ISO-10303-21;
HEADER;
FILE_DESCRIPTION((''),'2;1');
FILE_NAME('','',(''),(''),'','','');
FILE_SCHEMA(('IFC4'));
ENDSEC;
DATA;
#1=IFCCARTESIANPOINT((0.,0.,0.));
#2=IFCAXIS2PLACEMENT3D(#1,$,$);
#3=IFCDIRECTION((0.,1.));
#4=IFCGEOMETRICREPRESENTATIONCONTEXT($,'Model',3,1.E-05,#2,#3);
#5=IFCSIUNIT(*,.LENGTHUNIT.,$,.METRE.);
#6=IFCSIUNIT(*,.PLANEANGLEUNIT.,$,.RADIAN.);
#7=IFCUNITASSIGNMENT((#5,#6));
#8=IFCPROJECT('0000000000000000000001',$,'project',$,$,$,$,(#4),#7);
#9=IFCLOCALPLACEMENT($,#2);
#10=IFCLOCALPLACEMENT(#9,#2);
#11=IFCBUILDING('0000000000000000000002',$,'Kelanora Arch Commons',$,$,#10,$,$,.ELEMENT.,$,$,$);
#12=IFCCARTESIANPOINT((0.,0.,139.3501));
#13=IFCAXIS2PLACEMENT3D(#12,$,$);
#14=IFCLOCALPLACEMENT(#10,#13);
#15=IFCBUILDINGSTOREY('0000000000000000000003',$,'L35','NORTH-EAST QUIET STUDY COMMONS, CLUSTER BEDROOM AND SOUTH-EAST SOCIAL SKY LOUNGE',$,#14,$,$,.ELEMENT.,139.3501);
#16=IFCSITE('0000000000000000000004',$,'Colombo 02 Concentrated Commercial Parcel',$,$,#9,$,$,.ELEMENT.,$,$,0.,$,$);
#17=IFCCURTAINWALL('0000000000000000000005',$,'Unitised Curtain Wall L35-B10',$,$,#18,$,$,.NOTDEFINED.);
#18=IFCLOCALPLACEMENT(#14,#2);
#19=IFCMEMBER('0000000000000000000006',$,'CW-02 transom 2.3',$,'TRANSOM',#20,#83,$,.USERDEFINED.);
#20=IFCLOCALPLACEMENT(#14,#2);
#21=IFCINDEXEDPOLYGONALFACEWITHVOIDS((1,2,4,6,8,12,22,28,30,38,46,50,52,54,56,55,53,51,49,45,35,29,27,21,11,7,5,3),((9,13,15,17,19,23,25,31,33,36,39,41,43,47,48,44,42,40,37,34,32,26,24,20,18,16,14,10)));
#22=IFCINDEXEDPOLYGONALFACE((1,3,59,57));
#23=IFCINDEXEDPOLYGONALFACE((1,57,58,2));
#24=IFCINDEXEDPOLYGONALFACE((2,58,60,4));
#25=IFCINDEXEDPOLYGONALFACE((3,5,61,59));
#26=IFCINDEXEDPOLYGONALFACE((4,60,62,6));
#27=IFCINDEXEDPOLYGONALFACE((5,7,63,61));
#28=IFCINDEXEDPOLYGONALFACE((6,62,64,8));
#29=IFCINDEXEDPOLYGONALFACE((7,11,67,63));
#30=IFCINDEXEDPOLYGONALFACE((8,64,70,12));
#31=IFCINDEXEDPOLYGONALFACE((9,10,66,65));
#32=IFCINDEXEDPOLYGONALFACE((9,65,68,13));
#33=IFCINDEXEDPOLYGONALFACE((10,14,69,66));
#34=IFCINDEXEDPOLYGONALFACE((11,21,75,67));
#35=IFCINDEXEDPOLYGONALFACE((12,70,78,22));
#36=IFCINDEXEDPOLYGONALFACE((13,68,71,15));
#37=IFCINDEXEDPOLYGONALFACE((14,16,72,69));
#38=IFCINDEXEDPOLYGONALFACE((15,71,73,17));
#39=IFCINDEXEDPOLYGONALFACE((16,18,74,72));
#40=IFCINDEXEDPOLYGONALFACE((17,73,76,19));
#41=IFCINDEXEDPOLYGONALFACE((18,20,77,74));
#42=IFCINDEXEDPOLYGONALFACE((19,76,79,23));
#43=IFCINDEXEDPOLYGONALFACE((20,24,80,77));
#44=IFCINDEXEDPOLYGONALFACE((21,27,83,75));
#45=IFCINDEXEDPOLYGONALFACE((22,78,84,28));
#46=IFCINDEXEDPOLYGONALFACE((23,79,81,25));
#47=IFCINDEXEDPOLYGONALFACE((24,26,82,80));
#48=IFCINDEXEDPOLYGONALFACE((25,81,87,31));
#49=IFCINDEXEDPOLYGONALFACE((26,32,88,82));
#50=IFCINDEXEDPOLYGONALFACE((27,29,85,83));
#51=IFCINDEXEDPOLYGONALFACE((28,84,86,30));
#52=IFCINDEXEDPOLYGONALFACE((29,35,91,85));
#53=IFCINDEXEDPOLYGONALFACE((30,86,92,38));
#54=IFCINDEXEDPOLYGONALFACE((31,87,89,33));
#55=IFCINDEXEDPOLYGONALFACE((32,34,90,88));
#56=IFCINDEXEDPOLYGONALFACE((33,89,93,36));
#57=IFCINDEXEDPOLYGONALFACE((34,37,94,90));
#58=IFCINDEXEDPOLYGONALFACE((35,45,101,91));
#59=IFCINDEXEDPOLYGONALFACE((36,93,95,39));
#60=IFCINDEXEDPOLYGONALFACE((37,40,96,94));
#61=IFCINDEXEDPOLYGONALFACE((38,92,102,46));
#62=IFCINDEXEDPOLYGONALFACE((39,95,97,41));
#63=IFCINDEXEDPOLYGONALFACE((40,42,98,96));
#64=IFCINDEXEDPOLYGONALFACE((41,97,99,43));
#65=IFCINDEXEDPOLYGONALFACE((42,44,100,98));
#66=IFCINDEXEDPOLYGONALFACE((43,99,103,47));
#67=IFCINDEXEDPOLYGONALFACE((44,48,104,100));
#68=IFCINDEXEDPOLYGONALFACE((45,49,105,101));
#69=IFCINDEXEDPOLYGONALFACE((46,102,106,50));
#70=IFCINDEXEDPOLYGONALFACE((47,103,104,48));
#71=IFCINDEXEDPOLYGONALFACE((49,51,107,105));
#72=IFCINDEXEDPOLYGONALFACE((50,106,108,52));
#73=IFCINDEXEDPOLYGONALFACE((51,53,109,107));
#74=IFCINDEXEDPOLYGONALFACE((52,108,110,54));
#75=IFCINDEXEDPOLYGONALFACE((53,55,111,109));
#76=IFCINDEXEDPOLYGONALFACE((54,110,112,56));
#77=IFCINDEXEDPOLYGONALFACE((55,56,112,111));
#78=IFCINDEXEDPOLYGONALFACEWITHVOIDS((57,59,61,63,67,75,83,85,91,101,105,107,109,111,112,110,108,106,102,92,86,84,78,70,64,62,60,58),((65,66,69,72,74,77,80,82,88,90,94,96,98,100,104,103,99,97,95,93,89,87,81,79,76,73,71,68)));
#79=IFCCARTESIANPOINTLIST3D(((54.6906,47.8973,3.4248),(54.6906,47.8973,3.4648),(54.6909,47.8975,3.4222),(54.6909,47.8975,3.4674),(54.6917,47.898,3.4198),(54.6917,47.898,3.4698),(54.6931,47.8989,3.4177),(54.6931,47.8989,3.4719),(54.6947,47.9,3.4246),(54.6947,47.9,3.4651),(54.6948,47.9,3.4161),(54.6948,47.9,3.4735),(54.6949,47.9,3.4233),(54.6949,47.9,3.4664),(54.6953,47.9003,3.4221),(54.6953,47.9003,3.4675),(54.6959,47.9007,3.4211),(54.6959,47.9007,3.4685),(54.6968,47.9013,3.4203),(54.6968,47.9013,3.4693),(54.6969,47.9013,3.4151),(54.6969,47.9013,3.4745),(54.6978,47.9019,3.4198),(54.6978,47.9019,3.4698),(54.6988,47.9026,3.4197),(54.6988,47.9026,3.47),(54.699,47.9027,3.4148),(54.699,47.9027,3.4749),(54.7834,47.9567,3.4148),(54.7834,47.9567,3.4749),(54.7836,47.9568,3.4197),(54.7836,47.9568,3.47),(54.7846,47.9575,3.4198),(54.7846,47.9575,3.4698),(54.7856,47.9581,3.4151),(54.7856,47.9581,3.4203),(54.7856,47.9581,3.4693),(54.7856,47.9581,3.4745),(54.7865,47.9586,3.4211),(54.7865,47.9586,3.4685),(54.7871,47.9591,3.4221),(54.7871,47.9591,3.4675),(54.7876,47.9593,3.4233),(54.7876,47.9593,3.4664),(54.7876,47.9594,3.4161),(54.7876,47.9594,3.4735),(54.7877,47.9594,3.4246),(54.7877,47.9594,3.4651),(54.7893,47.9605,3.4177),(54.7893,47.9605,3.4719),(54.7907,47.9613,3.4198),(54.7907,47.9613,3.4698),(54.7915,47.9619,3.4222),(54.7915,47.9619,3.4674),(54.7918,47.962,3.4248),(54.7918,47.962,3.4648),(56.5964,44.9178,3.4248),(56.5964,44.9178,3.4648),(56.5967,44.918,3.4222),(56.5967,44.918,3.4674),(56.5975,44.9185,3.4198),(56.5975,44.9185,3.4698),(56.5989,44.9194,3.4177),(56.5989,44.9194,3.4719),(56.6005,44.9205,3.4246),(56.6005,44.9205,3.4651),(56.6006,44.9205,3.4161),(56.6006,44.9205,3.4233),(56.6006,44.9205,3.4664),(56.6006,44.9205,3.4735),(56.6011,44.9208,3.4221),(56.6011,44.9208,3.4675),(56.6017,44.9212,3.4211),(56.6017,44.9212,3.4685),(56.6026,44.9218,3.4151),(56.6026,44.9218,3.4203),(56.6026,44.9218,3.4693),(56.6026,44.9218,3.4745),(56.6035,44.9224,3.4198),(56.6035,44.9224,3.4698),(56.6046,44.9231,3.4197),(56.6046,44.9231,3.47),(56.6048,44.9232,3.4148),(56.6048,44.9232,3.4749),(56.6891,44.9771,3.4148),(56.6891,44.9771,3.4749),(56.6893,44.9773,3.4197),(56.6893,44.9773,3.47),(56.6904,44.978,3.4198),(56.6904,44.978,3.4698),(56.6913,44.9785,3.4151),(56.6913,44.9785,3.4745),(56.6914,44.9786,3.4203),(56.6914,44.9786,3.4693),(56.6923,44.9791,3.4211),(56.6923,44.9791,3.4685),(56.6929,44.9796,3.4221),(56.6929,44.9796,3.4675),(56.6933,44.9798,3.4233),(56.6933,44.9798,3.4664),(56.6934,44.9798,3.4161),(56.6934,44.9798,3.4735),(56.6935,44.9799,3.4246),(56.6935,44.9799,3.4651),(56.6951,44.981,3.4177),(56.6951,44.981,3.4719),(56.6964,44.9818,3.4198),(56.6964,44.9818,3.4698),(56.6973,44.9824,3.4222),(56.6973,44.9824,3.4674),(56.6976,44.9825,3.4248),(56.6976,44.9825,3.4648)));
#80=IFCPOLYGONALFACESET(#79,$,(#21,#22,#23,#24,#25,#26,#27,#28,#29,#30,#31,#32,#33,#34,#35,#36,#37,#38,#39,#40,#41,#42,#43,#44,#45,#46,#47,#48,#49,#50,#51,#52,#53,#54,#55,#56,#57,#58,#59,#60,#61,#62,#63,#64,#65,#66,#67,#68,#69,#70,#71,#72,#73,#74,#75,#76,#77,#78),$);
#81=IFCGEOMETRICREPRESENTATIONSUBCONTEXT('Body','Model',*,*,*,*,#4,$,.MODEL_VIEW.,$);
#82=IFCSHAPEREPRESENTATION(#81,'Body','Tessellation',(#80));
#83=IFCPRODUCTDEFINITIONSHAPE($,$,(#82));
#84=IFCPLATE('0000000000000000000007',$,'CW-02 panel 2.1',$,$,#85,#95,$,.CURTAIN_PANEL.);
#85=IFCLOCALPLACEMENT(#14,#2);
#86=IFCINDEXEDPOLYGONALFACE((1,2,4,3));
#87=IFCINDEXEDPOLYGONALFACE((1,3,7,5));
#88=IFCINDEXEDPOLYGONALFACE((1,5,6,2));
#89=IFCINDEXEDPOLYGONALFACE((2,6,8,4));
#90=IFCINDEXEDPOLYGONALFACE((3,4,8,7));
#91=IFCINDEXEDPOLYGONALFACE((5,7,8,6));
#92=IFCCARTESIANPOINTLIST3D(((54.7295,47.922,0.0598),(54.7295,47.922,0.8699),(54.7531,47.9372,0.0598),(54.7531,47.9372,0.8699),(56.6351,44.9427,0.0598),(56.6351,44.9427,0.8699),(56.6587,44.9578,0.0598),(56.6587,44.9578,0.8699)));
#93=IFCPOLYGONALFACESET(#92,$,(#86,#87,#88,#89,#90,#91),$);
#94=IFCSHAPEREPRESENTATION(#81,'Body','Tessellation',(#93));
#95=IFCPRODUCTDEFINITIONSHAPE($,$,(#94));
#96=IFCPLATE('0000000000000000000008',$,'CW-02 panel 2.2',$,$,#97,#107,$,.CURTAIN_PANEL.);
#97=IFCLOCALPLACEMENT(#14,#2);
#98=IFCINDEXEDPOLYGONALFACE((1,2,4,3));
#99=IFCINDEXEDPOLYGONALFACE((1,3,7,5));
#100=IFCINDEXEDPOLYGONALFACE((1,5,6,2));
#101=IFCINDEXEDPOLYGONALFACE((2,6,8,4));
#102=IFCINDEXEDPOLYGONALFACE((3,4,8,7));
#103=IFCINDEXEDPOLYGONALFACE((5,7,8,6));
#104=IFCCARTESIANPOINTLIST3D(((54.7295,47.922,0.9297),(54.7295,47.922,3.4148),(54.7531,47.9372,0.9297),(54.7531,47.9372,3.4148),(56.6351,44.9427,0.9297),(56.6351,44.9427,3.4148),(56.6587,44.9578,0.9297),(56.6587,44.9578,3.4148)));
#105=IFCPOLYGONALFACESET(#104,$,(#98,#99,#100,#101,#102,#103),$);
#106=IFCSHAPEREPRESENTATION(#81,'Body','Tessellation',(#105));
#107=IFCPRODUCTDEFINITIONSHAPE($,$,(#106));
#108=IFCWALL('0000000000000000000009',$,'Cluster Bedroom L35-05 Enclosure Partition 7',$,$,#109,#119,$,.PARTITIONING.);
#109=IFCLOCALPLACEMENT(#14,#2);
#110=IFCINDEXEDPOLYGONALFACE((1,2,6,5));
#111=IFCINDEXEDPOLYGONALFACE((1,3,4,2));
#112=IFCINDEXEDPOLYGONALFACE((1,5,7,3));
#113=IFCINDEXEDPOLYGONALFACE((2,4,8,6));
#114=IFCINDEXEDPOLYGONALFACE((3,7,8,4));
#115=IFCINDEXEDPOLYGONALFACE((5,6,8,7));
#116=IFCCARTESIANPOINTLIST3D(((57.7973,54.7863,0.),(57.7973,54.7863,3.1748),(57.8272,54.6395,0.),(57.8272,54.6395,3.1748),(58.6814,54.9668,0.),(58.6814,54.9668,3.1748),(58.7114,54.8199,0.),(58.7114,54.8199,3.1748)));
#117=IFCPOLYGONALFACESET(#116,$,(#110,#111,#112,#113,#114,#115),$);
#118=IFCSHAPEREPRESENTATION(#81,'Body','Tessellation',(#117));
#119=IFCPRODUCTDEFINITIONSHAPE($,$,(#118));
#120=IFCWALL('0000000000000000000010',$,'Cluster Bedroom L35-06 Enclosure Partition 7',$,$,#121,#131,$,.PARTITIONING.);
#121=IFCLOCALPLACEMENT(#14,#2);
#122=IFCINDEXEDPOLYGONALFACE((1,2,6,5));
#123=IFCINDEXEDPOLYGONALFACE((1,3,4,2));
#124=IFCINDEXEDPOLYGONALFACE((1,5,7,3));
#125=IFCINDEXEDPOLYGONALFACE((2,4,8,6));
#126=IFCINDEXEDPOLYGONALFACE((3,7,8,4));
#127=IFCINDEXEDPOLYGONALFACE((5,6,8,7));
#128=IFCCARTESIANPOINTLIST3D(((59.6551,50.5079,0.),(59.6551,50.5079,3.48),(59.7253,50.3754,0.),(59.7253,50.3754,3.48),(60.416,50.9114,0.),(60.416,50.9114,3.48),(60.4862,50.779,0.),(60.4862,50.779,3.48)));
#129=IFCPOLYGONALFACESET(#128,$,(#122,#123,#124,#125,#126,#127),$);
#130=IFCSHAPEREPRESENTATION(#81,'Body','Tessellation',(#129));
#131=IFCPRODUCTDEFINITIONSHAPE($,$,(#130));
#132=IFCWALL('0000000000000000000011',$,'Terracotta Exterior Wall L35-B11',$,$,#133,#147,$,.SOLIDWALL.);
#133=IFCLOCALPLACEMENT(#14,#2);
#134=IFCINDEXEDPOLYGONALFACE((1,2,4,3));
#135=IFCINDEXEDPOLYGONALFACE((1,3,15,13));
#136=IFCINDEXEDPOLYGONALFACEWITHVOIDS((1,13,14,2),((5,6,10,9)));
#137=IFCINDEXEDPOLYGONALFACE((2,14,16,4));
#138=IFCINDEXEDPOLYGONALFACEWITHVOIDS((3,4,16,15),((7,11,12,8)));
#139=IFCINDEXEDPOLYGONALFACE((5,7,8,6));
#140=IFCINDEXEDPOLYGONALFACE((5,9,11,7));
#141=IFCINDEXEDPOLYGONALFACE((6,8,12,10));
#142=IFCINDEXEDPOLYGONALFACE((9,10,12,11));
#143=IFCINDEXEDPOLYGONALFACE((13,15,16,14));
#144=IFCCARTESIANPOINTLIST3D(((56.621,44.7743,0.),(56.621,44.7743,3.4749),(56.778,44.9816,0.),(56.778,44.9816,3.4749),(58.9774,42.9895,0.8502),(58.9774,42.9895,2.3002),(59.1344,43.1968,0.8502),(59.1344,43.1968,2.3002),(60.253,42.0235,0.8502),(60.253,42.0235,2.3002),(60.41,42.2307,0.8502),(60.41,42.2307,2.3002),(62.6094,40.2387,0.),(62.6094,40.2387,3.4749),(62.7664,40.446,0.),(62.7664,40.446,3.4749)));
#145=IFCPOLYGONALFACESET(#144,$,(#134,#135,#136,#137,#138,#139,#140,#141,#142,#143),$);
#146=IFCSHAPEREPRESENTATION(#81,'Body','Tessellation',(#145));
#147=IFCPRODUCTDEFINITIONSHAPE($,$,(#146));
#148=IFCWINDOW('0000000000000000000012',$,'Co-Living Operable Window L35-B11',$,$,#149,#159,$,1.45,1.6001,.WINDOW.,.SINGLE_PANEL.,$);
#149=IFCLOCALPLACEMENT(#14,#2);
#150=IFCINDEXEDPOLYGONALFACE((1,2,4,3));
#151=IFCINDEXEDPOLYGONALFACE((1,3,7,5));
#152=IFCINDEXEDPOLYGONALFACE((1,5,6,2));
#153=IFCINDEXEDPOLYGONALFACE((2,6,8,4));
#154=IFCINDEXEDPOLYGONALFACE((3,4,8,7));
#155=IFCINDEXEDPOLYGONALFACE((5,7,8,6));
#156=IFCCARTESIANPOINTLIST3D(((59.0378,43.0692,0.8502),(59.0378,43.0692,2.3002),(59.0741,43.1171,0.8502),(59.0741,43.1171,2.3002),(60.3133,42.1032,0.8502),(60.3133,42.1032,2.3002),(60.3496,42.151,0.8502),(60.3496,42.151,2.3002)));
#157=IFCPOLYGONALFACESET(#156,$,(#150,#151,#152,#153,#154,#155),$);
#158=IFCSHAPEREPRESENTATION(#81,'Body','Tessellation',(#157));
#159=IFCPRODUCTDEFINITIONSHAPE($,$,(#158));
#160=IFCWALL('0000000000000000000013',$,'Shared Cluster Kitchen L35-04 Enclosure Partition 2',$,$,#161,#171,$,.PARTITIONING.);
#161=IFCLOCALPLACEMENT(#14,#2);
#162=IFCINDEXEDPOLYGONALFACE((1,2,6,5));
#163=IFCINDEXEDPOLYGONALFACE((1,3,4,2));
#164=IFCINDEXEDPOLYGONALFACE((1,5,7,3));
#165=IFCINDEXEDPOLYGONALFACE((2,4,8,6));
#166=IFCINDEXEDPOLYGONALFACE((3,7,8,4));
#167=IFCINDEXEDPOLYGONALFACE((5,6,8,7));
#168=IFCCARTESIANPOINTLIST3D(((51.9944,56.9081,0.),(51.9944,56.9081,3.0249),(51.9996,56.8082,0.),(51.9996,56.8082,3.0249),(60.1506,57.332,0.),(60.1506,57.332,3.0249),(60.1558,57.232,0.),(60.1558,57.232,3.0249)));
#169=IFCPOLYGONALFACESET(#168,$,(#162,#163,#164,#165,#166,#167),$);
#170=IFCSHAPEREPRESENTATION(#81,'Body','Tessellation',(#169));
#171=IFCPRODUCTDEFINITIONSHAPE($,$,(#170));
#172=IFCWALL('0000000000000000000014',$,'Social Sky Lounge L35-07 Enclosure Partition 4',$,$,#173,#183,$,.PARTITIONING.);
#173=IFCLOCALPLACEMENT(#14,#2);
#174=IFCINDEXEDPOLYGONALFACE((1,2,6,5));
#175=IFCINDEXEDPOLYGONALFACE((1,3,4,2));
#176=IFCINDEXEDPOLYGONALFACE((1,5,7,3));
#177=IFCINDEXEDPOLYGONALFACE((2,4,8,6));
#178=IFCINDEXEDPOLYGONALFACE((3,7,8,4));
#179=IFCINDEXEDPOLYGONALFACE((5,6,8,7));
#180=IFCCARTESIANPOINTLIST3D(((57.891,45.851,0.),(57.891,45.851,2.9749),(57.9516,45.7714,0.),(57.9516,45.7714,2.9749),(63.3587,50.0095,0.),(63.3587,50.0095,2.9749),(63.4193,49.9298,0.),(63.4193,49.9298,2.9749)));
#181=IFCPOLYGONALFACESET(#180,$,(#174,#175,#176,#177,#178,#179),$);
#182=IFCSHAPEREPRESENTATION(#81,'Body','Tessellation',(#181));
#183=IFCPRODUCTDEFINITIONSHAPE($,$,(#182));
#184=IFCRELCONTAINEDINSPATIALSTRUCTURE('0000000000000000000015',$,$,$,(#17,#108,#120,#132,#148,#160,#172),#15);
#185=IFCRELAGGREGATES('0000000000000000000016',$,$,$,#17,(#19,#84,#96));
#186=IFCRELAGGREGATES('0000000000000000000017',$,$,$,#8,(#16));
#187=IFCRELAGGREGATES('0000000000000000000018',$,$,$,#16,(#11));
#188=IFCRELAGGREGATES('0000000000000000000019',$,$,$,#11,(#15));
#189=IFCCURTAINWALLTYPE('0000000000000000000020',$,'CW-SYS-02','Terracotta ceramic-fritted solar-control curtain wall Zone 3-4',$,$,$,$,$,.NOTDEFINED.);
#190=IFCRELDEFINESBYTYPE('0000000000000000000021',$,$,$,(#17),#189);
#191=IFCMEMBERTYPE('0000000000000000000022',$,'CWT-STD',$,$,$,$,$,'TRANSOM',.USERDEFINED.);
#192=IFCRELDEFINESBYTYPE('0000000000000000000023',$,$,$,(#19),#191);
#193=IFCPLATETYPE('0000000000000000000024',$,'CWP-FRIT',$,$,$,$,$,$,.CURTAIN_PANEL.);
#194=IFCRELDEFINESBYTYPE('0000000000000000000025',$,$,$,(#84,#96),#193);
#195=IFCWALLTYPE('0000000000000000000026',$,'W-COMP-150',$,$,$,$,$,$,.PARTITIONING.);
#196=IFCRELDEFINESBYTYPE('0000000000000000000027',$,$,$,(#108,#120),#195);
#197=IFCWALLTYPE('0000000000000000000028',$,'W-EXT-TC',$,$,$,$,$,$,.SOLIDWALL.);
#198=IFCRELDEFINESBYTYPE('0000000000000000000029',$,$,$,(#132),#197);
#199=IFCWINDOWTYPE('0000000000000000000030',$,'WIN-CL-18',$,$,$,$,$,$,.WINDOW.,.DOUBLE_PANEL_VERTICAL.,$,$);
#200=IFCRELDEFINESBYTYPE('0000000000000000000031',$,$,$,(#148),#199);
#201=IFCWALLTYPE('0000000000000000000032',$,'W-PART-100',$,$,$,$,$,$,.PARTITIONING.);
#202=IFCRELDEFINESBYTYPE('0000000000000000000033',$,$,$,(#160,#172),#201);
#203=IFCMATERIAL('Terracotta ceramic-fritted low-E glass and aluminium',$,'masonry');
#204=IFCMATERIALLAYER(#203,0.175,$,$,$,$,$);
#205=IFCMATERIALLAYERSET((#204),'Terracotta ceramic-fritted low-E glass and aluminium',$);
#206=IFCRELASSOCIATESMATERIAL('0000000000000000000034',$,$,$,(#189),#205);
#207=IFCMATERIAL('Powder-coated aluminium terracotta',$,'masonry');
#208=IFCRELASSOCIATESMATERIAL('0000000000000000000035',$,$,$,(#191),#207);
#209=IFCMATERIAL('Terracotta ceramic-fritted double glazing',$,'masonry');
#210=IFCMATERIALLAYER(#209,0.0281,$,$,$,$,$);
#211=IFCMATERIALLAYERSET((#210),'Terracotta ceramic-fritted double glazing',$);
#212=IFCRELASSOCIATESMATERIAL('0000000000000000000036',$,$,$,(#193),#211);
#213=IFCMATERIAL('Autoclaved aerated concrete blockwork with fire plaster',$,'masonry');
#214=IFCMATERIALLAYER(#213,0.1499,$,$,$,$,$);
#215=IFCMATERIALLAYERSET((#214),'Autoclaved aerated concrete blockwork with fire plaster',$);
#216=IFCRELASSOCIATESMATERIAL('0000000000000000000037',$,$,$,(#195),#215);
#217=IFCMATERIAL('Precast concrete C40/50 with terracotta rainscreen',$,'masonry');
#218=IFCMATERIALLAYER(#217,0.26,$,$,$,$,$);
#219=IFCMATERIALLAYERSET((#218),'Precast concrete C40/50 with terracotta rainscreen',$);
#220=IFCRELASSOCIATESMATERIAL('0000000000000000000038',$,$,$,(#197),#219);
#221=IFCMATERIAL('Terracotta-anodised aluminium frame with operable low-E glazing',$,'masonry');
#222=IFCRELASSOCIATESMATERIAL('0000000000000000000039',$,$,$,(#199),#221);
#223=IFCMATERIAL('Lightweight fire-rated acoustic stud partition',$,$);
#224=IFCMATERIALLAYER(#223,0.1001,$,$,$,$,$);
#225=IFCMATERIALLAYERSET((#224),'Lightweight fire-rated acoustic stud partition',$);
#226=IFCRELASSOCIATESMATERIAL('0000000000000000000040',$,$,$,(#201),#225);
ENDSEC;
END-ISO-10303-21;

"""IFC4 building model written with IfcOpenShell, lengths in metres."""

from ifc_helpers import new_model, si_unit, direction, frame, frame_2d, origin, origin_2d, place, context, subcontext, project, spatial, rectangle, hollow_rectangle, extrude, source, transform, mapped, material, layer, layer_set, material_profile, profile_set, type_object, element, fill, aggregate, save


model = new_model("IFC4")

# Units and contexts
model_context = context("Model", 3, precision=1e-05, world=origin(), true_north=direction((0.0, 1.0)))
body_context = subcontext(model_context, "Body", "Model", "MODEL_VIEW")
ifc_project = project(units=[si_unit("LENGTHUNIT", "METRE"), si_unit("PLANEANGLEUNIT", "RADIAN")], contexts=[model_context])

# Site, building, storey
site_placement = place(None, origin())
site = spatial("IfcSite", under=ifc_project, at=site_placement, Name="Colombo 02 Concentrated Commercial Parcel", CompositionType="ELEMENT", RefElevation=0.0)
building_placement = place(site_placement, origin())
building = spatial("IfcBuilding", under=site, at=building_placement, Name="Kelanora Arch Commons", CompositionType="ELEMENT")
storey_placement = place(building_placement, frame((0.0, 0.0, 139.3501)))
storey = spatial("IfcBuildingStorey", under=building, at=storey_placement, Name="L35", Description="NORTH-EAST QUIET STUDY COMMONS, CLUSTER BEDROOM AND SOUTH-EAST SOCIAL SKY LOUNGE", CompositionType="ELEMENT", Elevation=139.3501)

# Curtain wall, member, plates
ifc_material_1 = material(Name="Terracotta ceramic-fritted low-E glass and aluminium", Category="masonry")
ifc_layer_1 = layer(ifc_material_1, 0.175)
ifc_layer_set_1 = layer_set([ifc_layer_1], Name="Terracotta ceramic-fritted low-E glass and aluminium")
curtain_wall_type = type_object("IfcCurtainWallType", Name="CW-SYS-02", Description="Terracotta ceramic-fritted solar-control curtain wall Zone 3-4", PredefinedType="NOTDEFINED", material=ifc_layer_set_1)
curtain_wall_placement = place(storey_placement, origin())
curtain_wall = element("IfcCurtainWall", 1, at=curtain_wall_placement, inside=storey, type_object=curtain_wall_type, Name="Unitised Curtain Wall L35-B10", PredefinedType="NOTDEFINED")
ifc_material_2 = material(Name="Powder-coated aluminium terracotta", Category="masonry")
ifc_material_profile_1 = material_profile(ifc_material_2, hollow_rectangle(XDim=0.1201, YDim=0.0601, WallThickness=0.0049, InnerFilletRadius=0.0049, OuterFilletRadius=0.01, at=origin_2d()), Name="CWT120x60")
ifc_profile_set_1 = profile_set([ifc_material_profile_1], Name="Powder-coated aluminium terracotta")
member_type_1 = type_object("IfcMemberType", Name="CWT-STD", ElementType="TRANSOM", PredefinedType="USERDEFINED", material=ifc_profile_set_1)
member_1_placement = place(storey_placement, frame((54.7412, 47.9297, 3.4448), z_axis=(0.53883, -0.842414, 0.0), x_axis=(0.842414, 0.53883, 0.0)))
member_1 = element("IfcMember", 2, at=member_1_placement, type_object=member_type_1, Name="CW-02 transom 2.3", ObjectType="TRANSOM", PredefinedType="USERDEFINED", context=body_context, shape_type="SweptSolid", body=[
    extrude(hollow_rectangle(XDim=0.1201, YDim=0.0601, WallThickness=0.0049, InnerFilletRadius=0.0049, OuterFilletRadius=0.01, at=origin_2d()), origin(), (0.0, 0.0, 1.0), 3.5369),
])
ifc_material_3 = material(Name="Terracotta ceramic-fritted double glazing", Category="masonry")
ifc_layer_2 = layer(ifc_material_3, 0.0281)
ifc_layer_set_2 = layer_set([ifc_layer_2], Name="Terracotta ceramic-fritted double glazing")
plate_type = type_object("IfcPlateType", Name="CWP-FRIT", PredefinedType="CURTAIN_PANEL", material=ifc_layer_set_2)
shared_shape_1 = source(origin(), body_context, "Body", "SweptSolid", [
    extrude(rectangle(XDim=3.5366, YDim=0.0281, at=origin_2d()), origin(), (0.0, 0.0, 1.0), 0.8101),
])
plate_1_placement = place(storey_placement, frame((55.6941, 46.4399, 0.0598), z_axis=(0.0, 0.0, 1.0), x_axis=(0.538817, -0.842423, 0.0)))
plate_1 = element("IfcPlate", 3, at=plate_1_placement, type_object=plate_type, Name="CW-02 panel 2.1", PredefinedType="CURTAIN_PANEL", context=body_context, shape_type="MappedRepresentation", body=[
    mapped(shared_shape_1, transform((0.0, 0.0, 0.0), scale=1.0)),
])
shared_shape_2 = source(origin(), body_context, "Body", "SweptSolid", [
    extrude(rectangle(XDim=3.5366, YDim=0.0281, at=origin_2d()), origin(), (0.0, 0.0, 1.0), 2.4851),
])
plate_2_placement = place(storey_placement, frame((55.6941, 46.4399, 0.9297), z_axis=(0.0, 0.0, 1.0), x_axis=(0.538817, -0.842423, 0.0)))
plate_2 = element("IfcPlate", 4, at=plate_2_placement, type_object=plate_type, Name="CW-02 panel 2.2", PredefinedType="CURTAIN_PANEL", context=body_context, shape_type="MappedRepresentation", body=[
    mapped(shared_shape_2, transform((0.0, 0.0, 0.0), scale=1.0)),
])
aggregate(curtain_wall, [member_1, plate_1, plate_2])

# Walls
ifc_material_4 = material(Name="Autoclaved aerated concrete blockwork with fire plaster", Category="masonry")
ifc_layer_3 = layer(ifc_material_4, 0.1499)
ifc_layer_set_3 = layer_set([ifc_layer_3], Name="Autoclaved aerated concrete blockwork with fire plaster")
wall_type_1 = type_object("IfcWallType", Name="W-COMP-150", PredefinedType="PARTITIONING", material=ifc_layer_set_3)
wall_1_placement = place(storey_placement, frame((57.8123, 54.7129, 0.0), z_axis=(0.0, 0.0, 1.0), x_axis=(0.979803, 0.199965, 0.0)))
element("IfcWall", 5, at=wall_1_placement, inside=storey, type_object=wall_type_1, Name="Cluster Bedroom L35-05 Enclosure Partition 7", PredefinedType="PARTITIONING", context=body_context, shape_type="SweptSolid", body=[
    extrude(rectangle(XDim=0.9023, YDim=0.1499, at=frame_2d((0.4512, 0.0))), origin(), (0.0, 0.0, 1.0), 3.1748),
])
wall_2_placement = place(storey_placement, frame((59.6902, 50.4417, 0.0), z_axis=(0.0, 0.0, 1.0), x_axis=(0.883457, 0.468513, 0.0)))
element("IfcWall", 6, at=wall_2_placement, inside=storey, type_object=wall_type_1, Name="Cluster Bedroom L35-06 Enclosure Partition 7", PredefinedType="PARTITIONING", context=body_context, shape_type="SweptSolid", body=[
    extrude(rectangle(XDim=0.8613, YDim=0.1499, at=frame_2d((0.4307, 0.0))), origin(), (0.0, 0.0, 1.0), 3.48),
])

# Wall, opening, window
ifc_material_5 = material(Name="Precast concrete C40/50 with terracotta rainscreen", Category="masonry")
ifc_layer_4 = layer(ifc_material_5, 0.26)
ifc_layer_set_4 = layer_set([ifc_layer_4], Name="Precast concrete C40/50 with terracotta rainscreen")
wall_type_2 = type_object("IfcWallType", Name="W-EXT-TC", PredefinedType="SOLIDWALL", material=ifc_layer_set_4)
wall_3_placement = place(storey_placement, frame((56.6995, 44.8779, 0.0), z_axis=(0.0, 0.0, 1.0), x_axis=(0.797164, -0.603763, 0.0)))
wall_3 = element("IfcWall", 7, at=wall_3_placement, inside=storey, type_object=wall_type_2, Name="Terracotta Exterior Wall L35-B11", PredefinedType="SOLIDWALL", context=body_context, shape_type="SweptSolid", body=[
    extrude(rectangle(XDim=7.5122, YDim=0.26, at=frame_2d((3.7561, 0.0))), origin(), (0.0, 0.0, 1.0), 3.4749),
])
opening_placement = place(wall_3_placement, frame((2.9561, 0.0, 0.8501)))
opening = element("IfcOpeningElement", 8, at=opening_placement, cuts=wall_3, PredefinedType="OPENING", context=body_context, shape_type="SweptSolid", body=[
    extrude(rectangle(XDim=1.6001, YDim=1.45, at=frame_2d((0.8, 0.7251))), frame((0.0, 0.1401, 0.0), z_axis=(0.0, -1.0, 0.0), x_axis=(1.0, 0.0, 0.0)), (0.0, 0.0, 1.0), 0.28),
])
ifc_material_6 = material(Name="Terracotta-anodised aluminium frame with operable low-E glazing", Category="masonry")
window_type = type_object("IfcWindowType", Name="WIN-CL-18", PartitioningType="DOUBLE_PANEL_VERTICAL", PredefinedType="WINDOW", material=ifc_material_6)
window_placement = place(opening_placement, origin())
window = element("IfcWindow", 9, at=window_placement, inside=storey, type_object=window_type, Name="Co-Living Operable Window L35-B11", OverallHeight=1.45, OverallWidth=1.6001, PartitioningType="SINGLE_PANEL", PredefinedType="WINDOW", context=body_context, shape_type="SweptSolid", body=[
    extrude(rectangle(XDim=1.6001, YDim=1.45, at=frame_2d((0.8, 0.7251))), frame((0.0, 0.03, 0.0), z_axis=(0.0, -1.0, 0.0), x_axis=(1.0, 0.0, 0.0)), (0.0, 0.0, 1.0), 0.0601),
])
fill(opening, window)

# Walls
ifc_material_7 = material(Name="Lightweight fire-rated acoustic stud partition")
ifc_layer_5 = layer(ifc_material_7, 0.1001)
ifc_layer_set_5 = layer_set([ifc_layer_5], Name="Lightweight fire-rated acoustic stud partition")
wall_type_3 = type_object("IfcWallType", Name="W-PART-100", PredefinedType="PARTITIONING", material=ifc_layer_set_5)
wall_4_placement = place(storey_placement, frame((60.1531, 57.282, 0.0), z_axis=(0.0, 0.0, 1.0), x_axis=(-0.998653, -0.051894, 0.0)))
element("IfcWall", 10, at=wall_4_placement, inside=storey, type_object=wall_type_3, Name="Shared Cluster Kitchen L35-04 Enclosure Partition 2", PredefinedType="PARTITIONING", context=body_context, shape_type="SweptSolid", body=[
    extrude(rectangle(XDim=8.1672, YDim=0.1001, at=frame_2d((4.0835, 0.0))), origin(), (0.0, 0.0, 1.0), 3.0249),
])
wall_5_placement = place(storey_placement, frame((57.9214, 45.8113, 0.0), z_axis=(0.0, 0.0, 1.0), x_axis=(0.795956, 0.605354, 0.0)))
element("IfcWall", 11, at=wall_5_placement, inside=storey, type_object=wall_type_3, Name="Social Sky Lounge L35-07 Enclosure Partition 4", PredefinedType="PARTITIONING", context=body_context, shape_type="SweptSolid", body=[
    extrude(rectangle(XDim=6.8694, YDim=0.1001, at=frame_2d((3.4346, 0.0))), origin(), (0.0, 0.0, 1.0), 2.9749),
])

save(model, "model.ifc")
